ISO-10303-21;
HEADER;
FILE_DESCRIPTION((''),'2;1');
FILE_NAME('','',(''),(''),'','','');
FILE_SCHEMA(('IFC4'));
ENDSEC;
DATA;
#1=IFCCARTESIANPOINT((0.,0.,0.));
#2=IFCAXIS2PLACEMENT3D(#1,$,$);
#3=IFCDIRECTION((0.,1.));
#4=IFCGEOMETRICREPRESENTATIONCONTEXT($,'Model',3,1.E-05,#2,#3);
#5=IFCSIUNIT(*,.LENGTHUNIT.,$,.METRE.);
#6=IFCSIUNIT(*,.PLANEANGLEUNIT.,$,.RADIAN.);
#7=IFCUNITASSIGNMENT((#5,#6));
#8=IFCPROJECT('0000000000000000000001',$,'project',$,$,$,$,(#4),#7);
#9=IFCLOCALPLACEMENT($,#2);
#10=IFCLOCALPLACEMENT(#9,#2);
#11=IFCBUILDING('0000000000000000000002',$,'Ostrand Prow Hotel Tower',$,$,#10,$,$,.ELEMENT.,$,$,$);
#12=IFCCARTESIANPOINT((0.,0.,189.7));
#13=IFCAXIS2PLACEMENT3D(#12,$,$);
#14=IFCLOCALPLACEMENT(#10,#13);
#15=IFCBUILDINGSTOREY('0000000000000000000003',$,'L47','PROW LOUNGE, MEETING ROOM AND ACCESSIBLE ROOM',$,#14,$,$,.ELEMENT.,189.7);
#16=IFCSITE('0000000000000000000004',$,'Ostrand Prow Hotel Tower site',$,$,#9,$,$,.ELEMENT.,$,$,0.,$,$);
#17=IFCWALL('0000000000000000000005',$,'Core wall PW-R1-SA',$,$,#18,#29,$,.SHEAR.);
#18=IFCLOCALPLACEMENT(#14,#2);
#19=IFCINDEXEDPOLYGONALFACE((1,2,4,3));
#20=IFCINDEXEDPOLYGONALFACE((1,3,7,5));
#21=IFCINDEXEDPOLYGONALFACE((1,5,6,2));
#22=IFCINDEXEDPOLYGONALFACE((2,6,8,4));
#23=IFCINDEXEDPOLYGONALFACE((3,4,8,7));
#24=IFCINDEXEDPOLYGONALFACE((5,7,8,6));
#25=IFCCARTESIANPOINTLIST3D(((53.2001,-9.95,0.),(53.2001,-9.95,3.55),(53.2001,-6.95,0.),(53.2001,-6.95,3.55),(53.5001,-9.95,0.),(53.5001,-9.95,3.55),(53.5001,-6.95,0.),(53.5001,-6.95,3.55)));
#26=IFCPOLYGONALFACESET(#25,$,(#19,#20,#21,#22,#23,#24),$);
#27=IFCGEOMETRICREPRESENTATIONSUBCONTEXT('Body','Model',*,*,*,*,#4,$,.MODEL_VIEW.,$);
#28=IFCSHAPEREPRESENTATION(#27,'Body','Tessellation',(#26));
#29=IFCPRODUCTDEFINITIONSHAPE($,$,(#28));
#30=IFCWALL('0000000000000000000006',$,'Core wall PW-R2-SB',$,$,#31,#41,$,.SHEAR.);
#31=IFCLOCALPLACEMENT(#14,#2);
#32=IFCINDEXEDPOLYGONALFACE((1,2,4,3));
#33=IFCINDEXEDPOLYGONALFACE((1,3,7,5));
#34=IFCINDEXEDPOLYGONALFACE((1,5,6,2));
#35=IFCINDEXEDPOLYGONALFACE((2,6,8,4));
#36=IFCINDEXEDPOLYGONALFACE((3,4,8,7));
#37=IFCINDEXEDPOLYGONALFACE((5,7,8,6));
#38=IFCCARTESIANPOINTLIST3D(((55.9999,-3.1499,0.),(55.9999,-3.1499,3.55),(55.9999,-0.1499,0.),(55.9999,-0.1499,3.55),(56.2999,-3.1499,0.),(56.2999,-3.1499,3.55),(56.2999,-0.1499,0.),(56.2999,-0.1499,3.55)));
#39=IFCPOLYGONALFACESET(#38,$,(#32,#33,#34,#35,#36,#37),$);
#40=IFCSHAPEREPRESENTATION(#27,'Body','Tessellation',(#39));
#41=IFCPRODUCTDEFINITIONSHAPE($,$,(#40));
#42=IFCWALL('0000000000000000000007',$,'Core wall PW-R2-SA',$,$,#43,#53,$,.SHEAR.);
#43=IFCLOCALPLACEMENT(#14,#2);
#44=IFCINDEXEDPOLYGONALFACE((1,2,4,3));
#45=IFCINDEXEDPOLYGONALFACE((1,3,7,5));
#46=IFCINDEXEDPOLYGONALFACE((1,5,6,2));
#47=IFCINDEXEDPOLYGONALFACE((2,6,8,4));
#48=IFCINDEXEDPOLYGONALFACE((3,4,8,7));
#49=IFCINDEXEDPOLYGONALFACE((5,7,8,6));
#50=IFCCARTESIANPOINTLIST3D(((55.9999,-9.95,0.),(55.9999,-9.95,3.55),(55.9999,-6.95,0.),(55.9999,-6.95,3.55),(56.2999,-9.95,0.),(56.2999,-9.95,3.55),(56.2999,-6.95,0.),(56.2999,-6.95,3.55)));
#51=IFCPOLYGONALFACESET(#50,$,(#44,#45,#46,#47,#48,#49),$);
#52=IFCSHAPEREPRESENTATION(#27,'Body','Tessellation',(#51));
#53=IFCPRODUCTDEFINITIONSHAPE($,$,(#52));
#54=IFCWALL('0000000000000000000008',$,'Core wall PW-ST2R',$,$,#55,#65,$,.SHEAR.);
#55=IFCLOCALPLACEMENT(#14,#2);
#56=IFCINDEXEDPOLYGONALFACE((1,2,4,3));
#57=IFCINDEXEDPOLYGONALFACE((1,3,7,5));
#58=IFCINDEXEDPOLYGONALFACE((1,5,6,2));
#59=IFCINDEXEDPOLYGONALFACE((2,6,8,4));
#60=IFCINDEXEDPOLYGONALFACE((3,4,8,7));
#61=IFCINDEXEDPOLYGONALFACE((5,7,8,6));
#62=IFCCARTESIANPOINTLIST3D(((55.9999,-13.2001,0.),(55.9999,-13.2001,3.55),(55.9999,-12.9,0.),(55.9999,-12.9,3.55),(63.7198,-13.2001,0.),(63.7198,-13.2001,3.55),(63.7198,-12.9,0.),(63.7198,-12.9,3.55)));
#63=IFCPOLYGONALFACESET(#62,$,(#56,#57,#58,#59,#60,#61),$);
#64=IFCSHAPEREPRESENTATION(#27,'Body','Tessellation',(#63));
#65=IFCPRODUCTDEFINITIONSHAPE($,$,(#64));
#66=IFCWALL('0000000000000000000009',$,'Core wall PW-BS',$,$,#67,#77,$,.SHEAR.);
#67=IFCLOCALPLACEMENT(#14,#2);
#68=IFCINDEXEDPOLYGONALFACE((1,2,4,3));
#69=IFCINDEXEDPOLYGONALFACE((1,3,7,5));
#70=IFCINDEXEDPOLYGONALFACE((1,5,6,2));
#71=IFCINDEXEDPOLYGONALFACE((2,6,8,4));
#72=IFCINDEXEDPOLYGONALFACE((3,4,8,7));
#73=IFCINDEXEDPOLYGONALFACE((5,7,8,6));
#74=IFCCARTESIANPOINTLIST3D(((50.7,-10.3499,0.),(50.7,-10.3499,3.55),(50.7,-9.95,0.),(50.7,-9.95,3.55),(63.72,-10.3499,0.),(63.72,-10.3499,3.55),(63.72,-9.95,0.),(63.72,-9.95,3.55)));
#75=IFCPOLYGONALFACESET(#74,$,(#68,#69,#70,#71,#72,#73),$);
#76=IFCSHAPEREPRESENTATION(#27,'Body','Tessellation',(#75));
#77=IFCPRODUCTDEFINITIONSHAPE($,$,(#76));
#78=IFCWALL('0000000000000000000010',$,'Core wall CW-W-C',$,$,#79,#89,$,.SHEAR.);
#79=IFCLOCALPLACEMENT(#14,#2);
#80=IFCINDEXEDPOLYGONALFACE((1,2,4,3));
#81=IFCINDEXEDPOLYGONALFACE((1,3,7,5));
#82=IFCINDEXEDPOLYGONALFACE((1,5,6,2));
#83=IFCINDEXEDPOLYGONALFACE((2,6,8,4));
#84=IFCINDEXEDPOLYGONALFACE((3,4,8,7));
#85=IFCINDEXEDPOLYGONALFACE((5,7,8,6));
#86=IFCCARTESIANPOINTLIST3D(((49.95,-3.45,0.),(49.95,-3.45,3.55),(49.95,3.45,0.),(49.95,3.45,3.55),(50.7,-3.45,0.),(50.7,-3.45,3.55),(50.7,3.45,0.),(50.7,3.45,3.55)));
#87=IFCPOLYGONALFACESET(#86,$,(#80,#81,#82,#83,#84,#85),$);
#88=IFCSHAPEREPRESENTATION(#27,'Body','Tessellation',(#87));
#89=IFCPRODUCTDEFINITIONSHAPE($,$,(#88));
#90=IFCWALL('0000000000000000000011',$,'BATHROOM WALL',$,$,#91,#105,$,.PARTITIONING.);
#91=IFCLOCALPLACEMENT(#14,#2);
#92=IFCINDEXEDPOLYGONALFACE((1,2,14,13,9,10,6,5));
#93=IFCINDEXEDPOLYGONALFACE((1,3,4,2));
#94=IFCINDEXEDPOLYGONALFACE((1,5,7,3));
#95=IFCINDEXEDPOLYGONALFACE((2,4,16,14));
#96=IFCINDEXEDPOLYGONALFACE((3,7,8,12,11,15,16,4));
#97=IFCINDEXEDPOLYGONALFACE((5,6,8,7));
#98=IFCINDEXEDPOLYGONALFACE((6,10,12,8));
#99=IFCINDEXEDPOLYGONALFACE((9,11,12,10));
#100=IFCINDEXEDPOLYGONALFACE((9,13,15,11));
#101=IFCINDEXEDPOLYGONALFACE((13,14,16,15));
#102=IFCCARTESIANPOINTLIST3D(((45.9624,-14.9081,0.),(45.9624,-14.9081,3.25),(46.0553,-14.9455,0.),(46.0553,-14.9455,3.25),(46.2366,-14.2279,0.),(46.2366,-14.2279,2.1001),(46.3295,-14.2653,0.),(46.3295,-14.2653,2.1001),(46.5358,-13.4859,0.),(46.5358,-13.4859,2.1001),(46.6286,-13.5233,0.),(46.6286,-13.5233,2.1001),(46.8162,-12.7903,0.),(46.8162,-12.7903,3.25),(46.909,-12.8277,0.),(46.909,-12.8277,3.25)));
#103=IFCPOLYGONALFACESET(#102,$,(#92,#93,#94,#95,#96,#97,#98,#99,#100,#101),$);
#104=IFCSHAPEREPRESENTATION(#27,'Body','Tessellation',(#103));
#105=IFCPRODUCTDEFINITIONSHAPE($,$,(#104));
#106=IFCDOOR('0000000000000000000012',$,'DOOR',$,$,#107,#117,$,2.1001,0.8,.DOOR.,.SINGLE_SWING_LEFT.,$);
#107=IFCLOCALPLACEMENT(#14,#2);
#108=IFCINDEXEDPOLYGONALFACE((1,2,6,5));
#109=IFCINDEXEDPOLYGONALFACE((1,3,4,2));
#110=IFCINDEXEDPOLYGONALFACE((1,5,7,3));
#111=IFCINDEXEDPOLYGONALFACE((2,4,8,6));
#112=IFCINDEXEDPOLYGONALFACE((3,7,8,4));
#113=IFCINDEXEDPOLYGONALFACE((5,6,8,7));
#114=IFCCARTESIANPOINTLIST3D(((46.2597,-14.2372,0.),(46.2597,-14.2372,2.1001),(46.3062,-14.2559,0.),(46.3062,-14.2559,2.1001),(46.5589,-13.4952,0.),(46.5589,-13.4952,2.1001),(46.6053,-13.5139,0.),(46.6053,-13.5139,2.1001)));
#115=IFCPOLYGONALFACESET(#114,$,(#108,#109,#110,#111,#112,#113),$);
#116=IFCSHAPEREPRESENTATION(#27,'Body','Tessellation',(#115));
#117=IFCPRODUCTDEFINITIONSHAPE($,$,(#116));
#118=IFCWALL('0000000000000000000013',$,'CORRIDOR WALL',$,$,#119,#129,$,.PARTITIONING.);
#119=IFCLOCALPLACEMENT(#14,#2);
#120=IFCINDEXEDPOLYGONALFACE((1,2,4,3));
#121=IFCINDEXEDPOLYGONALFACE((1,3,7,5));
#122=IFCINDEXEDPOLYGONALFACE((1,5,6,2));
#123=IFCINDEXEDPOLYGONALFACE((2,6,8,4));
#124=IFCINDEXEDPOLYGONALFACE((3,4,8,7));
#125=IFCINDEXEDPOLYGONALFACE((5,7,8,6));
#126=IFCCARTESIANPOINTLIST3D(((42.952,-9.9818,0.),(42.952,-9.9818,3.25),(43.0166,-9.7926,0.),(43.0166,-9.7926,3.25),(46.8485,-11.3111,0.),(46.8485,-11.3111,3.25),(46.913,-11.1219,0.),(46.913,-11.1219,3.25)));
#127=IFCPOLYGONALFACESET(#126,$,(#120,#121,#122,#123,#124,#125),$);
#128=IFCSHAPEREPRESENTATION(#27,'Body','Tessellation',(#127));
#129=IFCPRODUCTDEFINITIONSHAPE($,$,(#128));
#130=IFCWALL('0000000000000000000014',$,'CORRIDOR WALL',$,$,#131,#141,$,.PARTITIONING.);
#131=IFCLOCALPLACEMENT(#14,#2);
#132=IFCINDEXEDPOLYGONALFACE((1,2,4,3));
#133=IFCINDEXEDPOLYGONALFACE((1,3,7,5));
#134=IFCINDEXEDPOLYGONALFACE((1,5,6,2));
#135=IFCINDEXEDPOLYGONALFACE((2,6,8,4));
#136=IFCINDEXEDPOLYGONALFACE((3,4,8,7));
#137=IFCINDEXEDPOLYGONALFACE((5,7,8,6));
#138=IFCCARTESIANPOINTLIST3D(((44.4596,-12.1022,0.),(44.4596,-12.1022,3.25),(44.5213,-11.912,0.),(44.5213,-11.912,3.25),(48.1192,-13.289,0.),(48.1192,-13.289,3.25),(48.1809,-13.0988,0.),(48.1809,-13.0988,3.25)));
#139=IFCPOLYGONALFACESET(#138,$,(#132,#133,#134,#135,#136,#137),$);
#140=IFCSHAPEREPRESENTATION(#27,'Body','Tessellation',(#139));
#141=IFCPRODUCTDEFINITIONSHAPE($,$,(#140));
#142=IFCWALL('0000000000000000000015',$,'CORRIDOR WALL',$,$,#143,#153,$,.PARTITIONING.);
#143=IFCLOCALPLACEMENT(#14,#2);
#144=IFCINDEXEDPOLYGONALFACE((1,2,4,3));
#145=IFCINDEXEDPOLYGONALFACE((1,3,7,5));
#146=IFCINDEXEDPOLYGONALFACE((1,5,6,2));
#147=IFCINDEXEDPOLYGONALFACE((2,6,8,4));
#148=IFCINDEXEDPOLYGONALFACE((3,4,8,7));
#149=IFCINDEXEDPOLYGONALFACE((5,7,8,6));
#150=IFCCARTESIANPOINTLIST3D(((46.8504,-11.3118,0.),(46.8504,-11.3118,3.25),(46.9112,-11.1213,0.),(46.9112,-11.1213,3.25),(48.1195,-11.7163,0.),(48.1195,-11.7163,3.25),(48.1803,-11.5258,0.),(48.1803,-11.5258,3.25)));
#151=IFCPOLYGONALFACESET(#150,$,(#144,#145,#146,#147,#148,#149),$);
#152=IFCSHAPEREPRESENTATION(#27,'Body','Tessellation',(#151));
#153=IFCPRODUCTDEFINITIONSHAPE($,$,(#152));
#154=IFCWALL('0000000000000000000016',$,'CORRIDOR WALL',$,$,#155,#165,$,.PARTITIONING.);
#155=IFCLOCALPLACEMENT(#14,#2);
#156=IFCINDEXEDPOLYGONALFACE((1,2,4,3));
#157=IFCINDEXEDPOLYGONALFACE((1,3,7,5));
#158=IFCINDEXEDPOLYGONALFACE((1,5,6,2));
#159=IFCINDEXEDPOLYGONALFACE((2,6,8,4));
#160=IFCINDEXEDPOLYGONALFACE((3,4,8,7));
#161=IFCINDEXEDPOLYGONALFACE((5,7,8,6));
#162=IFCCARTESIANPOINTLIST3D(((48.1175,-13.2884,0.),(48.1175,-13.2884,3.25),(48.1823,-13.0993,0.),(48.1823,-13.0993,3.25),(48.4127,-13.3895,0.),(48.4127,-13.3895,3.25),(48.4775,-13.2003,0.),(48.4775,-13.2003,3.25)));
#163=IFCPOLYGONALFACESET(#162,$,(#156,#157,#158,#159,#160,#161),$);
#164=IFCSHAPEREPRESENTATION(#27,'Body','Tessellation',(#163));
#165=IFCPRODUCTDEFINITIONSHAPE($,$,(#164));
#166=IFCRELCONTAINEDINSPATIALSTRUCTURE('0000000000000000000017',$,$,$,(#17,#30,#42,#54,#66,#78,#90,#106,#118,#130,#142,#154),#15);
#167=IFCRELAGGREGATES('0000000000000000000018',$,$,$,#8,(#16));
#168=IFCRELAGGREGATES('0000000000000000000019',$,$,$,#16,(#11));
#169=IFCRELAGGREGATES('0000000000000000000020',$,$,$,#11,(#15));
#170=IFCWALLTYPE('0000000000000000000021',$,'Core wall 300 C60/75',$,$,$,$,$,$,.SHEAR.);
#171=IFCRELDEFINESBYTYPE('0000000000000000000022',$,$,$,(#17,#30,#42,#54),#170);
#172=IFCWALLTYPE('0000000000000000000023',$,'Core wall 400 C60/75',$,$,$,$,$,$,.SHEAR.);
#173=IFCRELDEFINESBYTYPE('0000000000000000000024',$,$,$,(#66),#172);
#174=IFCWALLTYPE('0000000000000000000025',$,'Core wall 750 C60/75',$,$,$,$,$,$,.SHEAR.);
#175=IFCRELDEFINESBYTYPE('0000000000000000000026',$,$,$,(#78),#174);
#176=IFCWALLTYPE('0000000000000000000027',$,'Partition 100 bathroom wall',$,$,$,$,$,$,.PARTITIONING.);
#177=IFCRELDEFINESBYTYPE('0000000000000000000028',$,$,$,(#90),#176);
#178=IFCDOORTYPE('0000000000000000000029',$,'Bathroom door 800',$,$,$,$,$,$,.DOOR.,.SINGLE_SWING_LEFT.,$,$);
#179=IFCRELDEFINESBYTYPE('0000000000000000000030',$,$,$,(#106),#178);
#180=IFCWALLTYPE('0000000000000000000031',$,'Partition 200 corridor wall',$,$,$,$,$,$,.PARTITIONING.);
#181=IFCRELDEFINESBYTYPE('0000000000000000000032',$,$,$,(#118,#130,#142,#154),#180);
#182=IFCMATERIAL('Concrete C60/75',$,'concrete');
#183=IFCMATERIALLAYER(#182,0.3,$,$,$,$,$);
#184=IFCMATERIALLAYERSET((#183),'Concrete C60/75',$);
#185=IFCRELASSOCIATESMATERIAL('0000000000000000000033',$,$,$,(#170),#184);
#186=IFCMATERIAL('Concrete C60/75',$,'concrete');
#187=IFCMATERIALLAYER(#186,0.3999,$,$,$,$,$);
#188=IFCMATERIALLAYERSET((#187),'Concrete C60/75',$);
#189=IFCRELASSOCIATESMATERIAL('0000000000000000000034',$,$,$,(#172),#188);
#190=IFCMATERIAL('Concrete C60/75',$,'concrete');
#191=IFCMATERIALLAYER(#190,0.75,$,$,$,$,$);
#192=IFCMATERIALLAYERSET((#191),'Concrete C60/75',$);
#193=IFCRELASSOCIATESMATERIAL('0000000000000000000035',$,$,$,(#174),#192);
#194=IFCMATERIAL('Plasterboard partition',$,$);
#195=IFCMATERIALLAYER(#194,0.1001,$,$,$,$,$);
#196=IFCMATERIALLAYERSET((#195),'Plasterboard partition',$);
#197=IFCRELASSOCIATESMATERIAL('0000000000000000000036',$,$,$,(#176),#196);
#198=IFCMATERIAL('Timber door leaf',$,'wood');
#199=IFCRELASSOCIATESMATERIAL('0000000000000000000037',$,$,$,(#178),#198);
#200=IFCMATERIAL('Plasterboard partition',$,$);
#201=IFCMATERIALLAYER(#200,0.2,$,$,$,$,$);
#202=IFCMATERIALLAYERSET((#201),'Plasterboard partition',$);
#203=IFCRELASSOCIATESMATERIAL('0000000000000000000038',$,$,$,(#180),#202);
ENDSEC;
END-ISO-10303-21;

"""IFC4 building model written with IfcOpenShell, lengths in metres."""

from ifc_helpers import new_model, si_unit, direction, frame, frame_2d, origin, place, context, subcontext, project, spatial, rectangle, extrude, material, layer, layer_set, type_object, element, fill, save


model = new_model("IFC4")

# Units and contexts
model_context = context("Model", 3, precision=1e-05, world=origin(), true_north=direction((0.0, 1.0)))
body_context = subcontext(model_context, "Body", "Model", "MODEL_VIEW")
ifc_project = project(units=[si_unit("LENGTHUNIT", "METRE"), si_unit("PLANEANGLEUNIT", "RADIAN")], contexts=[model_context])

# Site, building, storey
site_placement = place(None, origin())
site = spatial("IfcSite", under=ifc_project, at=site_placement, Name="Ostrand Prow Hotel Tower site", CompositionType="ELEMENT", RefElevation=0.0)
building_placement = place(site_placement, origin())
building = spatial("IfcBuilding", under=site, at=building_placement, Name="Ostrand Prow Hotel Tower", CompositionType="ELEMENT")
storey_placement = place(building_placement, frame((0.0, 0.0, 189.7)))
storey = spatial("IfcBuildingStorey", under=building, at=storey_placement, Name="L47", Description="PROW LOUNGE, MEETING ROOM AND ACCESSIBLE ROOM", CompositionType="ELEMENT", Elevation=189.7)

# Shared definitions
ifc_material_1 = material(Name="Concrete C60/75", Category="concrete")
ifc_layer_1 = layer(ifc_material_1, 0.3)
ifc_layer_set_1 = layer_set([ifc_layer_1], Name="Concrete C60/75")
wall_type_1 = type_object("IfcWallType", Name="Core wall 300 C60/75", PredefinedType="SHEAR", material=ifc_layer_set_1)

# Walls
for number, where, z_axis, x_axis, name in (
    (1, (53.3501, -9.95, 0.0), (0.0, 0.0, 1.0), (0.0, 1.0, 0.0), "Core wall PW-R1-SA"),
    (2, (56.1499, -3.1499, 0.0), (0.0, 0.0, 1.0), (0.0, 1.0, 0.0), "Core wall PW-R2-SB"),
    (3, (56.1499, -9.95, 0.0), (0.0, 0.0, 1.0), (0.0, 1.0, 0.0), "Core wall PW-R2-SA"),
):
    element("IfcWall", number, at=place(storey_placement, frame(where, z_axis=z_axis, x_axis=x_axis)), inside=storey, type_object=wall_type_1, Name=name, PredefinedType="SHEAR", context=body_context, shape_type="SweptSolid", body=[
        extrude(rectangle(XDim=3.0, YDim=0.3, at=frame_2d((1.5, 0.0))), origin(), (0.0, 0.0, 1.0), 3.55),
    ])
wall_1_placement = place(storey_placement, frame((56.0, -13.05, 0.0), z_axis=(0.0, 0.0, 1.0), x_axis=(1.0, 0.0, 0.0)))
element("IfcWall", 4, at=wall_1_placement, inside=storey, type_object=wall_type_1, Name="Core wall PW-ST2R", PredefinedType="SHEAR", context=body_context, shape_type="SweptSolid", body=[
    extrude(rectangle(XDim=7.72, YDim=0.3, at=frame_2d((3.8599, 0.0))), origin(), (0.0, 0.0, 1.0), 3.55),
])
ifc_material_2 = material(Name="Concrete C60/75", Category="concrete")
ifc_layer_2 = layer(ifc_material_2, 0.3999)
ifc_layer_set_2 = layer_set([ifc_layer_2], Name="Concrete C60/75")
wall_type_2 = type_object("IfcWallType", Name="Core wall 400 C60/75", PredefinedType="SHEAR", material=ifc_layer_set_2)
wall_2_placement = place(storey_placement, frame((50.7, -10.1499, 0.0), z_axis=(0.0, 0.0, 1.0), x_axis=(1.0, 0.0, 0.0)))
element("IfcWall", 5, at=wall_2_placement, inside=storey, type_object=wall_type_2, Name="Core wall PW-BS", PredefinedType="SHEAR", context=body_context, shape_type="SweptSolid", body=[
    extrude(rectangle(XDim=13.02, YDim=0.3999, at=frame_2d((6.51, 0.0))), origin(), (0.0, 0.0, 1.0), 3.55),
])
ifc_material_3 = material(Name="Concrete C60/75", Category="concrete")
ifc_layer_3 = layer(ifc_material_3, 0.75)
ifc_layer_set_3 = layer_set([ifc_layer_3], Name="Concrete C60/75")
wall_type_3 = type_object("IfcWallType", Name="Core wall 750 C60/75", PredefinedType="SHEAR", material=ifc_layer_set_3)
wall_3_placement = place(storey_placement, frame((50.325, -3.45, 0.0), z_axis=(0.0, 0.0, 1.0), x_axis=(0.0, 1.0, 0.0)))
element("IfcWall", 6, at=wall_3_placement, inside=storey, type_object=wall_type_3, Name="Core wall CW-W-C", PredefinedType="SHEAR", context=body_context, shape_type="SweptSolid", body=[
    extrude(rectangle(XDim=6.8999, YDim=0.75, at=frame_2d((3.45, 0.0))), origin(), (0.0, 0.0, 1.0), 3.55),
])

# Wall, opening, door
ifc_material_4 = material(Name="Plasterboard partition")
ifc_layer_4 = layer(ifc_material_4, 0.1001)
ifc_layer_set_4 = layer_set([ifc_layer_4], Name="Plasterboard partition")
wall_type_4 = type_object("IfcWallType", Name="Partition 100 bathroom wall", PredefinedType="PARTITIONING", material=ifc_layer_set_4)
wall_4_placement = place(storey_placement, frame((46.8625, -12.8091, 0.0), z_axis=(0.0, 0.0, 1.0), x_axis=(-0.373878, -0.927478, 0.0)))
wall_4 = element("IfcWall", 7, at=wall_4_placement, inside=storey, type_object=wall_type_4, Name="BATHROOM WALL", PredefinedType="PARTITIONING", context=body_context, shape_type="SweptSolid", body=[
    extrude(rectangle(XDim=2.2834, YDim=0.1001, at=frame_2d((1.1416, 0.0))), origin(), (0.0, 0.0, 1.0), 3.25),
])
opening_1_placement = place(wall_4_placement, frame((0.75, 0.0, 0.0)))
opening_1 = element("IfcOpeningElement", 8, at=opening_1_placement, cuts=wall_4, PredefinedType="OPENING", context=body_context, shape_type="SweptSolid", body=[
    extrude(rectangle(XDim=0.8, YDim=2.1001, at=frame_2d((0.3999, 1.05))), frame((0.0, 0.0601, 0.0), z_axis=(0.0, -1.0, 0.0), x_axis=(1.0, 0.0, 0.0)), (0.0, 0.0, 1.0), 0.1201),
])
ifc_material_5 = material(Name="Timber door leaf", Category="wood")
door_type_1 = type_object("IfcDoorType", Name="Bathroom door 800", OperationType="SINGLE_SWING_LEFT", PredefinedType="DOOR", material=ifc_material_5)
door_1_placement = place(opening_1_placement, origin())
door_1 = element("IfcDoor", 9, at=door_1_placement, inside=storey, type_object=door_type_1, Name="DOOR", OperationType="SINGLE_SWING_LEFT", OverallHeight=2.1001, OverallWidth=0.8, PredefinedType="DOOR", context=body_context, shape_type="SweptSolid", body=[
    extrude(rectangle(XDim=0.8, YDim=2.1001, at=frame_2d((0.3999, 1.05))), frame((0.0, 0.0249, 0.0), z_axis=(0.0, -1.0, 0.0), x_axis=(1.0, 0.0, 0.0)), (0.0, 0.0, 1.0), 0.05),
])
fill(opening_1, door_1)

# Walls
ifc_material_6 = material(Name="Plasterboard partition")
ifc_layer_5 = layer(ifc_material_6, 0.2)
ifc_layer_set_5 = layer_set([ifc_layer_5], Name="Plasterboard partition")
wall_type_5 = type_object("IfcWallType", Name="Partition 200 corridor wall", PredefinedType="PARTITIONING", material=ifc_layer_set_5)
wall_5_placement = place(storey_placement, frame((46.8809, -11.2166, 0.0), z_axis=(0.0, 0.0, 1.0), x_axis=(-0.946436, 0.322891, 0.0)))
element("IfcWall", 10, at=wall_5_placement, inside=storey, type_object=wall_type_5, Name="CORRIDOR WALL", PredefinedType="PARTITIONING", context=body_context, shape_type="SweptSolid", body=[
    extrude(rectangle(XDim=4.1169, YDim=0.2, at=frame_2d((2.0586, 0.0))), origin(), (0.0, 0.0, 1.0), 3.25),
])
wall_6_placement = place(storey_placement, frame((44.4905, -12.0071, 0.0), z_axis=(0.0, 0.0, 1.0), x_axis=(0.951228, -0.308488, 0.0)))
element("IfcWall", 11, at=wall_6_placement, inside=storey, type_object=wall_type_5, Name="CORRIDOR WALL", PredefinedType="PARTITIONING", context=body_context, shape_type="SweptSolid", body=[
    extrude(rectangle(XDim=3.8472, YDim=0.2, at=frame_2d((1.9236, 0.0))), origin(), (0.0, 0.0, 1.0), 3.25),
])
wall_7_placement = place(storey_placement, frame((48.1499, -11.6211, 0.0), z_axis=(0.0, 0.0, 1.0), x_axis=(-0.952762, 0.303718, 0.0)))
element("IfcWall", 12, at=wall_7_placement, inside=storey, type_object=wall_type_5, Name="CORRIDOR WALL", PredefinedType="PARTITIONING", context=body_context, shape_type="SweptSolid", body=[
    extrude(rectangle(XDim=1.332, YDim=0.2, at=frame_2d((0.666, 0.0))), origin(), (0.0, 0.0, 1.0), 3.25),
])
wall_8_placement = place(storey_placement, frame((48.1499, -13.1938, 0.0), z_axis=(0.0, 0.0, 1.0), x_axis=(0.946069, -0.323964, 0.0)))
element("IfcWall", 13, at=wall_8_placement, inside=storey, type_object=wall_type_5, Name="CORRIDOR WALL", PredefinedType="PARTITIONING", context=body_context, shape_type="SweptSolid", body=[
    extrude(rectangle(XDim=0.312, YDim=0.2, at=frame_2d((0.156, 0.0))), origin(), (0.0, 0.0, 1.0), 3.25),
])

save(model, "model.ifc")
